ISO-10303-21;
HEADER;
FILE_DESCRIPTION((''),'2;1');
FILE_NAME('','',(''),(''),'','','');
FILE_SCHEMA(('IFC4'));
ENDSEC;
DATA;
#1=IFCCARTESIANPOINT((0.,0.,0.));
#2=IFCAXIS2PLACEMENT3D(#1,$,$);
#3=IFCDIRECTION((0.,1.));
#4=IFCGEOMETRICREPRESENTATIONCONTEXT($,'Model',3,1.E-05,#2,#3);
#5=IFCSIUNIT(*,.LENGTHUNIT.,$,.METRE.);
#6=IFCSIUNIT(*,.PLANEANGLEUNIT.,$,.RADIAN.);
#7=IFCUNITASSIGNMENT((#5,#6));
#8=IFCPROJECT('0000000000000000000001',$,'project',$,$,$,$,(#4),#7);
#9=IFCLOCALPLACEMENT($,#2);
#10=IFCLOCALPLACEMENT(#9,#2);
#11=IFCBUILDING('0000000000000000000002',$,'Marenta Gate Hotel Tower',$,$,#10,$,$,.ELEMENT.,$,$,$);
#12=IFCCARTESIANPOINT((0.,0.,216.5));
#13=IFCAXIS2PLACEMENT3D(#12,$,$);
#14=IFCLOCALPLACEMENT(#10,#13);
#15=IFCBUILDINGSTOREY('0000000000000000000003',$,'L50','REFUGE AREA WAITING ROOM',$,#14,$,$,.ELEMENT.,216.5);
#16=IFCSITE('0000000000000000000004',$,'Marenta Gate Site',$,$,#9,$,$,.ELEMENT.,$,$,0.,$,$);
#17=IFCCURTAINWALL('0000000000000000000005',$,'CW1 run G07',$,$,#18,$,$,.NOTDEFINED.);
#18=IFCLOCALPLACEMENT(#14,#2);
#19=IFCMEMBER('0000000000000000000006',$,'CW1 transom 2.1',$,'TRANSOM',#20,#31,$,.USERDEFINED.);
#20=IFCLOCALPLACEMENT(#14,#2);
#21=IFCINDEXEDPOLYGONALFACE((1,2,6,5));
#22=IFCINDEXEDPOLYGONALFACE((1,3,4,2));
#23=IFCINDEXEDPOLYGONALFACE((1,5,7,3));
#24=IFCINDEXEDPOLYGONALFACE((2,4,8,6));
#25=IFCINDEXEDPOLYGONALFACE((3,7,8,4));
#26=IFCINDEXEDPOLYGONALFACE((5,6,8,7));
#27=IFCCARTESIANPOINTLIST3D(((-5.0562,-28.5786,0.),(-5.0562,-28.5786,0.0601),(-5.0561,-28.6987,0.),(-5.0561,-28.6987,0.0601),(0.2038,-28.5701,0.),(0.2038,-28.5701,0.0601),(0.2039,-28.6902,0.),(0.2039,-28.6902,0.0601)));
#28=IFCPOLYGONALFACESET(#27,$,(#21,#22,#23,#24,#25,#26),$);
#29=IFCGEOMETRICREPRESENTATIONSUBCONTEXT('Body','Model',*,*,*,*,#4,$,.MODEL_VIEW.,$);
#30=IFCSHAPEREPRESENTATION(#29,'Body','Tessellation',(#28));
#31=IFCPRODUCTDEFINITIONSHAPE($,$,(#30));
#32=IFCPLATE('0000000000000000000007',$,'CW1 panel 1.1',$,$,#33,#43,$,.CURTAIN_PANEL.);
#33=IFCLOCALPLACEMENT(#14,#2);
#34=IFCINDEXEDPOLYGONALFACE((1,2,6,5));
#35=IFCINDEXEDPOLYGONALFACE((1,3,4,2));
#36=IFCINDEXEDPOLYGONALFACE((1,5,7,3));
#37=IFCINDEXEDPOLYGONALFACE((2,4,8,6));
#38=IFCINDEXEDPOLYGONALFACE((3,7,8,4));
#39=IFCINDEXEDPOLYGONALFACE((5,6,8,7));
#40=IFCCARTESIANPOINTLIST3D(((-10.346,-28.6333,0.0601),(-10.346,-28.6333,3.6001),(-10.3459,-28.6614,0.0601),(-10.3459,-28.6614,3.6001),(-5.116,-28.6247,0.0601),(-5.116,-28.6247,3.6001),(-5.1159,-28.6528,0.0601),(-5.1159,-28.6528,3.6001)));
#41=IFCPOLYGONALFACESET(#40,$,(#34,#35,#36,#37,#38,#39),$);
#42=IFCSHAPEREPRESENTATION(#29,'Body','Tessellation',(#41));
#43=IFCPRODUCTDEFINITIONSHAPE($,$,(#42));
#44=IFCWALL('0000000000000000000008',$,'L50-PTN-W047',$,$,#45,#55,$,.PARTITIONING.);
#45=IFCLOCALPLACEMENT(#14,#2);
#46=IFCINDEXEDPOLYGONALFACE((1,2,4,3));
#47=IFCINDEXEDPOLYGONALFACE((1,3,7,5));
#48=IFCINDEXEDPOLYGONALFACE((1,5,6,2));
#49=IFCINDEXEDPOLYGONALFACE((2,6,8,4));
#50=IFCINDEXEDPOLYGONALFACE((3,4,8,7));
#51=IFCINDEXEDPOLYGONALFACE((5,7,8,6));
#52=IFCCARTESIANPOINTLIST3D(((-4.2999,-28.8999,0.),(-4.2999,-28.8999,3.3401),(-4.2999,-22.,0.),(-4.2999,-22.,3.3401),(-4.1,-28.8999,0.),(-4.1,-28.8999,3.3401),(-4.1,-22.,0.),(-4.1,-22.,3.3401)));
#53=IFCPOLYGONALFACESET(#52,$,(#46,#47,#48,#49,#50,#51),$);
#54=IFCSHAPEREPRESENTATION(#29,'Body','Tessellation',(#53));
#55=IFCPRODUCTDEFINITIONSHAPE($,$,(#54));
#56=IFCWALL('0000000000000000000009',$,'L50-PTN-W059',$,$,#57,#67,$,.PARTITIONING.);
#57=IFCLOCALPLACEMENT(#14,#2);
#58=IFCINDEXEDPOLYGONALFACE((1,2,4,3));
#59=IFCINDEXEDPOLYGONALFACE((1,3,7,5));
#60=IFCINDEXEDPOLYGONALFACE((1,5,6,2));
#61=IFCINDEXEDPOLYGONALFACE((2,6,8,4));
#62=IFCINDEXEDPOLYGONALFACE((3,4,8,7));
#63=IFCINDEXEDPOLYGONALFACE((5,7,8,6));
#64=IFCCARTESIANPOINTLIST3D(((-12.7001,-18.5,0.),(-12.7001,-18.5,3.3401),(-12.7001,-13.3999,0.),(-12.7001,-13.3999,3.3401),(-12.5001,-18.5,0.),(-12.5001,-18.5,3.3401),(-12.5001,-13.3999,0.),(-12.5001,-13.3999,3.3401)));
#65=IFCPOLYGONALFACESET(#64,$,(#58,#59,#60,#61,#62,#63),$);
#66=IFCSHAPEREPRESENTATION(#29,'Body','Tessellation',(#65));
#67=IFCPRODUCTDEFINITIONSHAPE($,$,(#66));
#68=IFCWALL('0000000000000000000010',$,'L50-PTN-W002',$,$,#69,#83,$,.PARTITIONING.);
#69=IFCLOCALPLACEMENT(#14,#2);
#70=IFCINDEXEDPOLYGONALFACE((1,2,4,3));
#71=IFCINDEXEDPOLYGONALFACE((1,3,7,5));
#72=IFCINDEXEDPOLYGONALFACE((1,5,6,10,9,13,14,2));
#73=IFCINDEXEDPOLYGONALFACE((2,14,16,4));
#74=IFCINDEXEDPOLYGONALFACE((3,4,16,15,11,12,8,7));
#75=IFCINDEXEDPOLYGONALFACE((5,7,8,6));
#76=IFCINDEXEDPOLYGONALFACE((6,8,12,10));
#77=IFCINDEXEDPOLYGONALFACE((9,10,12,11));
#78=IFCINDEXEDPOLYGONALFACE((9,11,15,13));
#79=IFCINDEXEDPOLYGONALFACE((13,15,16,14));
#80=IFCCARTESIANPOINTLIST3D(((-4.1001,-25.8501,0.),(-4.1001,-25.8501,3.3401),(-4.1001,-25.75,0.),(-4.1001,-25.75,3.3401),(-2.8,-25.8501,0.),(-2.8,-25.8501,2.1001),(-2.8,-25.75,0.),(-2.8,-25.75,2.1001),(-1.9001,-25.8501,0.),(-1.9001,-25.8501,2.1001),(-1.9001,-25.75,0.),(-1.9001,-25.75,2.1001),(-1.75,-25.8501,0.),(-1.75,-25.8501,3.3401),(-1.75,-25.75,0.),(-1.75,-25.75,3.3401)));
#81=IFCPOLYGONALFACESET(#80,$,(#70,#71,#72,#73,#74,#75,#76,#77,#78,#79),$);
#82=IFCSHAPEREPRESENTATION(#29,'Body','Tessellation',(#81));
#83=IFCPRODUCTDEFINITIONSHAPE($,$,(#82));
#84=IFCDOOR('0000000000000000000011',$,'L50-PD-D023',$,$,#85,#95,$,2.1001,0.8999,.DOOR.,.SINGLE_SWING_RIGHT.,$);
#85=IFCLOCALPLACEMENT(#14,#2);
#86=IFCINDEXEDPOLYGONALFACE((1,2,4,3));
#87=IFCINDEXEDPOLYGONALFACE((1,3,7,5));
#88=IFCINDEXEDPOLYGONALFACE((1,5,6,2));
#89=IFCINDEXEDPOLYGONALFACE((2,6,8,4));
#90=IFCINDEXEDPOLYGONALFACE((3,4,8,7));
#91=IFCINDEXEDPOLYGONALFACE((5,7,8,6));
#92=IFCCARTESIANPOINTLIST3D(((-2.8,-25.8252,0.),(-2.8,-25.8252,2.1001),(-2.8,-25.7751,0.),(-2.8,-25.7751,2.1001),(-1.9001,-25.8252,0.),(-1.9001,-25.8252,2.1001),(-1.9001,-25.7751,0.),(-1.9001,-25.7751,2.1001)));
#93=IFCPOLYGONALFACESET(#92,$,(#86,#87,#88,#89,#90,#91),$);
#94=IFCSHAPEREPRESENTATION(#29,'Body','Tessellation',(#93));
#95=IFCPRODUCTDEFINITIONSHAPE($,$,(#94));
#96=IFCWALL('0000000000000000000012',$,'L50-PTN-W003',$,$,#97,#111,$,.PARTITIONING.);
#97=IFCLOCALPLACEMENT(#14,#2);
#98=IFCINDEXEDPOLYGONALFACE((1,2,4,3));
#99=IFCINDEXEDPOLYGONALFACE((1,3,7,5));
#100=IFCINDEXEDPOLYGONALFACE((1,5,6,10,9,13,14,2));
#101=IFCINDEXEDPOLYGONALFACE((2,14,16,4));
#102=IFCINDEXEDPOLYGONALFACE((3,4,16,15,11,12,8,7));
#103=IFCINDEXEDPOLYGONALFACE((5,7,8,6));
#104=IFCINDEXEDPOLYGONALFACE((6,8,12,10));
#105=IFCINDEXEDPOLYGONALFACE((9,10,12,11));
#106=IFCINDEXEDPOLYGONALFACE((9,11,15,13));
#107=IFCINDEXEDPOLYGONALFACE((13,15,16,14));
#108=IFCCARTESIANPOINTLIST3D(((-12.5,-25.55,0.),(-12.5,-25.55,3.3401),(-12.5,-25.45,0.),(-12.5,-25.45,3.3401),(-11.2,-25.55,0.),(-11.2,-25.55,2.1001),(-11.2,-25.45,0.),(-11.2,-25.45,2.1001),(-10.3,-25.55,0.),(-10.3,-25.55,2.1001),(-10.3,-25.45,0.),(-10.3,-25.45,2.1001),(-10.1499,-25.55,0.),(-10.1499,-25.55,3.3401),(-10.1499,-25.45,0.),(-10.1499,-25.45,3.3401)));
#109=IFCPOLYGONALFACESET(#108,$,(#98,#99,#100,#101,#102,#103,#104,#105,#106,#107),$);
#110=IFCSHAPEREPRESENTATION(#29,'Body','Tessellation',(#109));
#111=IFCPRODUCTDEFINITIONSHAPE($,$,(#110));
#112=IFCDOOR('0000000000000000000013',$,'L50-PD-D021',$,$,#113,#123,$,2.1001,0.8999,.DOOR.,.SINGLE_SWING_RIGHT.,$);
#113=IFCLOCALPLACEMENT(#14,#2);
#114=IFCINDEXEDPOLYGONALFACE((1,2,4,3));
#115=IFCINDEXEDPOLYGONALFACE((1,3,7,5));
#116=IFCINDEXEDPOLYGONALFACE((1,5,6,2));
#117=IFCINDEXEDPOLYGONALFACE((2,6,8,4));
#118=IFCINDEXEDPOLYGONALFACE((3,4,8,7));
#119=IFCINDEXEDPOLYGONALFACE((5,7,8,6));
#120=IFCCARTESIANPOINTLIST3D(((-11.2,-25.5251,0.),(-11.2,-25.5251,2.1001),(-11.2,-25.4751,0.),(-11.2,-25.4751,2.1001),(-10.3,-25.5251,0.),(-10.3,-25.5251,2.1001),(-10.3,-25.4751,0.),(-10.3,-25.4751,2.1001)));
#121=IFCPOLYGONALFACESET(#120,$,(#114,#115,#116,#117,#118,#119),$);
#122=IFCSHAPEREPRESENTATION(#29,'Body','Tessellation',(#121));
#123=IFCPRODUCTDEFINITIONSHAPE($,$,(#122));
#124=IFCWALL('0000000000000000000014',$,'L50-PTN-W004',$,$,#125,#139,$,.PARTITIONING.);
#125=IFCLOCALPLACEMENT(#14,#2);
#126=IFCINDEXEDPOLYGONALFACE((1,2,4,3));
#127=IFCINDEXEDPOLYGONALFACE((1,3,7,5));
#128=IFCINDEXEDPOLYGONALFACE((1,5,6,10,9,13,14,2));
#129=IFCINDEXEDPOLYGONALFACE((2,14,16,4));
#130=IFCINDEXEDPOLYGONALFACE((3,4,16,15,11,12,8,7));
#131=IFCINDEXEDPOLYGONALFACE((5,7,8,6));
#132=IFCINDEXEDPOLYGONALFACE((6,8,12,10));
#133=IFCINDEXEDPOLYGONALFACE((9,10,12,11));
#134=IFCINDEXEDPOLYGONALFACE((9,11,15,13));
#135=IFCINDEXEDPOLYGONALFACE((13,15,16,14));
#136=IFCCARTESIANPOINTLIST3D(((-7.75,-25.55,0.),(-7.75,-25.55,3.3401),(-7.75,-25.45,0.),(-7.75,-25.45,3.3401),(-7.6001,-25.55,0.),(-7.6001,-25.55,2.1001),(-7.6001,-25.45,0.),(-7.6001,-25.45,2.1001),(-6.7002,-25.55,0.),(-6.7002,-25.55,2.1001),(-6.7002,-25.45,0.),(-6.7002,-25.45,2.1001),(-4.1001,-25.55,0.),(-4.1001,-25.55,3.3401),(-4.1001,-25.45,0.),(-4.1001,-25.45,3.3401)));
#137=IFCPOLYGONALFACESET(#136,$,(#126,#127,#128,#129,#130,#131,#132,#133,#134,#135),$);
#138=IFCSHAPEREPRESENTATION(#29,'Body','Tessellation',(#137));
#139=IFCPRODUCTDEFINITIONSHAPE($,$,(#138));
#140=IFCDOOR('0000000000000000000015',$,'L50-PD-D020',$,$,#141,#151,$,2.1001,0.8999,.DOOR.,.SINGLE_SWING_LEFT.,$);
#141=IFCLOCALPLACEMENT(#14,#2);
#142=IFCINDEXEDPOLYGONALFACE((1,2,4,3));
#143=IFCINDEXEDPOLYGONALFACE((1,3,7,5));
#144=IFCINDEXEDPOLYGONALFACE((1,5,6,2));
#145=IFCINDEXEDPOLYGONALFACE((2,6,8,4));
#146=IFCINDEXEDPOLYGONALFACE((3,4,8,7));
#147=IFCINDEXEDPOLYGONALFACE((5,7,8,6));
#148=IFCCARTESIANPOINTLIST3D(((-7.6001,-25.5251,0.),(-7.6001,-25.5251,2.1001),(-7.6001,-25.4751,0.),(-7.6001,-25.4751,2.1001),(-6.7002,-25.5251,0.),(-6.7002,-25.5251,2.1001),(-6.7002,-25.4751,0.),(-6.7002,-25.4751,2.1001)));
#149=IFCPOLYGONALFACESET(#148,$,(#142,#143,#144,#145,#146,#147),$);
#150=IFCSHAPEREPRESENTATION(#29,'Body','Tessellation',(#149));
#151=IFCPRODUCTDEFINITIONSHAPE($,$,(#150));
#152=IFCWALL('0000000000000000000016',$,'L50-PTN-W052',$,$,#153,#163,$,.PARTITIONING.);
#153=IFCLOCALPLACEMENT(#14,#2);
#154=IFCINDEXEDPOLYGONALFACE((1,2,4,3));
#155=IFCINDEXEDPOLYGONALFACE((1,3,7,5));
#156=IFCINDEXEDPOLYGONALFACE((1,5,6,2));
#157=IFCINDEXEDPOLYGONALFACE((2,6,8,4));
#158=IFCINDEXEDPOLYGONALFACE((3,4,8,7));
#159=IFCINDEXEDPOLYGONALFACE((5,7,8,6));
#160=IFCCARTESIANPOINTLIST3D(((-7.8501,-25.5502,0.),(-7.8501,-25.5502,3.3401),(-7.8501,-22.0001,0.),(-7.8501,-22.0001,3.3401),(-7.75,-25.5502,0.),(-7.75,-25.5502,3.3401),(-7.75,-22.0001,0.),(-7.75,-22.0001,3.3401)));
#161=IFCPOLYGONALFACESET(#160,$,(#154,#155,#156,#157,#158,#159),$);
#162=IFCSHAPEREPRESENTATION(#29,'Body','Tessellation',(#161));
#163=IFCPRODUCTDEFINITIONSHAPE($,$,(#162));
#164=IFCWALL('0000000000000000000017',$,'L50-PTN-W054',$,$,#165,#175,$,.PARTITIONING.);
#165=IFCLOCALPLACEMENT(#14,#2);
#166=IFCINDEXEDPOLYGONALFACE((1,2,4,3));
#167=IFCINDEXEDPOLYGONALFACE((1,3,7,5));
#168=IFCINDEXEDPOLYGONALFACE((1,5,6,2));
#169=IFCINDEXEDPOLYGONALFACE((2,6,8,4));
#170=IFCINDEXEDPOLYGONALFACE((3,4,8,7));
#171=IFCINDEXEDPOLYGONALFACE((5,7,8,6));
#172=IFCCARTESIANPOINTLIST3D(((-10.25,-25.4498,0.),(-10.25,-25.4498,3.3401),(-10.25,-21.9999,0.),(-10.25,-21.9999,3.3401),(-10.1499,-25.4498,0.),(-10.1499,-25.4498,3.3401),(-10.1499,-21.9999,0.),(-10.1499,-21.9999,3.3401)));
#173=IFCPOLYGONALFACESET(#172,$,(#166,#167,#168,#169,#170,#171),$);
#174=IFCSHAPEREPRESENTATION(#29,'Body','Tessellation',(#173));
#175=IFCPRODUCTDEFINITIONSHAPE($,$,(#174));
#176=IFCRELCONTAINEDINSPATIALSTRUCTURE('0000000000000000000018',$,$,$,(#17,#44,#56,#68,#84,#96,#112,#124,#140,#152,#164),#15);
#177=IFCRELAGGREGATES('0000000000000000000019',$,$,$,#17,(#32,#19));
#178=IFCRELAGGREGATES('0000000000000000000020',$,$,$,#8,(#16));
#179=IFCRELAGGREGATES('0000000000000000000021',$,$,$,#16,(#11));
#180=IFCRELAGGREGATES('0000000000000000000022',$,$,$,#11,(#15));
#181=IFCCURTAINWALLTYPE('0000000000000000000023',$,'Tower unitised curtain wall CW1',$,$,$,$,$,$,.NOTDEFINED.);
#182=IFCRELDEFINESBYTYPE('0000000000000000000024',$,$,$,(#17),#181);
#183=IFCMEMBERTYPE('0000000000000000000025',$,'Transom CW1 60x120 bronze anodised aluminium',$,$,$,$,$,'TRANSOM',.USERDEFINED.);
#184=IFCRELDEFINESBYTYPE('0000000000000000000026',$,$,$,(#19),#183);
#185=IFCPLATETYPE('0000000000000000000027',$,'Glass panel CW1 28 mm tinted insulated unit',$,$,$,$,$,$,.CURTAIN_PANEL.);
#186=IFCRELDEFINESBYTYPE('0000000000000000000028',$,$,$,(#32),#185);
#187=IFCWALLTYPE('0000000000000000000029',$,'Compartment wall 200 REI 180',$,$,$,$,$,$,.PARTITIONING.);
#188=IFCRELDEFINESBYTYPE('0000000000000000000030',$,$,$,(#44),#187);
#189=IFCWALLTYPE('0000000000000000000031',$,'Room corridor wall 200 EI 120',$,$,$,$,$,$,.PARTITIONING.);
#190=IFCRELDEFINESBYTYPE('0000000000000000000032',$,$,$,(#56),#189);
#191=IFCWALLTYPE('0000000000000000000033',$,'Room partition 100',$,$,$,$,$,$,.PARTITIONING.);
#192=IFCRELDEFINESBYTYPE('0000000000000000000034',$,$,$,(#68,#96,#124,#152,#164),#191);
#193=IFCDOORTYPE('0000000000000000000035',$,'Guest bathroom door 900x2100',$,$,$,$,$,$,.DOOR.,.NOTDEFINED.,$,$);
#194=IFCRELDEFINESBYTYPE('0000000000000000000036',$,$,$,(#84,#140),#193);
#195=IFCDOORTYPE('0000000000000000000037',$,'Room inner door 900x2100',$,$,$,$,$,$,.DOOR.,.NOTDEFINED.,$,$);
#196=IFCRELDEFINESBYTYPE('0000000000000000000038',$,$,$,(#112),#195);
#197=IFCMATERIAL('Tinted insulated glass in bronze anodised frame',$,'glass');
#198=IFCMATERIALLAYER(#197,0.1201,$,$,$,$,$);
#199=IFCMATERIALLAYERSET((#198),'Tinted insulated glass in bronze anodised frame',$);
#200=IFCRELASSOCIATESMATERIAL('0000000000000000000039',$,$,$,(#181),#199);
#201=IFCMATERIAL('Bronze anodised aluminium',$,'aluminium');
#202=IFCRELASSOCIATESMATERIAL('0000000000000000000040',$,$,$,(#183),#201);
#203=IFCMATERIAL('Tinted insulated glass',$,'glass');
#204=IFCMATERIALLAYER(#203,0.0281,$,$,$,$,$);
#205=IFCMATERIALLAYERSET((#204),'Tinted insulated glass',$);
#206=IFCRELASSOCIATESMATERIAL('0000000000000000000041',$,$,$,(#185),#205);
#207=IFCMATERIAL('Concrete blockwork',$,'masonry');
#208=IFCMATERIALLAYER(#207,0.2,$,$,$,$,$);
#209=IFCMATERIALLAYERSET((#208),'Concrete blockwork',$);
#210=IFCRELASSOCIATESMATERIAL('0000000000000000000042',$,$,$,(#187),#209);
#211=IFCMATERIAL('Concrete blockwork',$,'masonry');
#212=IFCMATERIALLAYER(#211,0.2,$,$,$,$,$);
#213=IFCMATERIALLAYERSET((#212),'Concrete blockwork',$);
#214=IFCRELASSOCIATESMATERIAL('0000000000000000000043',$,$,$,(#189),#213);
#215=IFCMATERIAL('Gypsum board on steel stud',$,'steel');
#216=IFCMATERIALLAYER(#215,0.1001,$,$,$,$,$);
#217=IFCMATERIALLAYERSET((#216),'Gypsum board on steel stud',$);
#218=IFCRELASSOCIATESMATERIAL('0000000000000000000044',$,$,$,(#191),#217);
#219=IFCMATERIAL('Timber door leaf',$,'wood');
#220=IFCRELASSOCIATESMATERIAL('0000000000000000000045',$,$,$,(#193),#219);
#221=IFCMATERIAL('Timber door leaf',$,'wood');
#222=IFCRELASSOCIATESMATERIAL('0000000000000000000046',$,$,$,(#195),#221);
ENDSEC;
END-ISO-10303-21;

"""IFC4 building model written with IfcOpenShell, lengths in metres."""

from ifc_helpers import new_model, si_unit, direction, frame, frame_2d, origin, origin_2d, place, context, subcontext, project, spatial, rectangle, extrude, material, layer, layer_set, material_profile, profile_set, type_object, element, fill, aggregate, save


model = new_model("IFC4")

# Units and contexts
model_context = context("Model", 3, precision=1e-05, world=origin(), true_north=direction((0.0, 1.0)))
body_context = subcontext(model_context, "Body", "Model", "MODEL_VIEW")
ifc_project = project(units=[si_unit("LENGTHUNIT", "METRE"), si_unit("PLANEANGLEUNIT", "RADIAN")], contexts=[model_context])

# Site, building, storey
site_placement = place(None, origin())
site = spatial("IfcSite", under=ifc_project, at=site_placement, Name="Marenta Gate Site", CompositionType="ELEMENT", RefElevation=0.0)
building_placement = place(site_placement, origin())
building = spatial("IfcBuilding", under=site, at=building_placement, Name="Marenta Gate Hotel Tower", CompositionType="ELEMENT")
storey_placement = place(building_placement, frame((0.0, 0.0, 216.5)))
storey = spatial("IfcBuildingStorey", under=building, at=storey_placement, Name="L50", Description="REFUGE AREA WAITING ROOM", CompositionType="ELEMENT", Elevation=216.5)

# Curtain wall, member, plate
ifc_material_1 = material(Name="Tinted insulated glass in bronze anodised frame", Category="glass")
ifc_layer_1 = layer(ifc_material_1, 0.1201)
ifc_layer_set_1 = layer_set([ifc_layer_1], Name="Tinted insulated glass in bronze anodised frame")
curtain_wall_type = type_object("IfcCurtainWallType", Name="Tower unitised curtain wall CW1", PredefinedType="NOTDEFINED", material=ifc_layer_set_1)
curtain_wall_placement = place(storey_placement, origin())
curtain_wall = element("IfcCurtainWall", 1, at=curtain_wall_placement, inside=storey, type_object=curtain_wall_type, Name="CW1 run G07", PredefinedType="NOTDEFINED")
ifc_material_2 = material(Name="Bronze anodised aluminium", Category="aluminium")
ifc_material_profile_1 = material_profile(ifc_material_2, rectangle(XDim=0.1201, YDim=0.0601, at=origin_2d()), Name="Transom CW1 60x120 bronze anodised aluminium")
ifc_profile_set_1 = profile_set([ifc_material_profile_1], Name="Bronze anodised aluminium")
member_type_1 = type_object("IfcMemberType", Name="Transom CW1 60x120 bronze anodised aluminium", ElementType="TRANSOM", PredefinedType="USERDEFINED", material=ifc_profile_set_1)
member_1_placement = place(storey_placement, frame((-5.0562, -28.6387, 0.03), z_axis=(0.999999, 0.001625, 0.0), x_axis=(-0.001625, 0.999999, 0.0)))
member_1 = element("IfcMember", 2, at=member_1_placement, type_object=member_type_1, Name="CW1 transom 2.1", ObjectType="TRANSOM", PredefinedType="USERDEFINED", context=body_context, shape_type="SweptSolid", body=[
    extrude(rectangle(XDim=0.1201, YDim=0.0601, at=origin_2d()), origin(), (0.0, 0.0, 1.0), 5.26),
])
ifc_material_3 = material(Name="Tinted insulated glass", Category="glass")
ifc_layer_2 = layer(ifc_material_3, 0.0281)
ifc_layer_set_2 = layer_set([ifc_layer_2], Name="Tinted insulated glass")
plate_type = type_object("IfcPlateType", Name="Glass panel CW1 28 mm tinted insulated unit", PredefinedType="CURTAIN_PANEL", material=ifc_layer_set_2)
plate_placement = place(storey_placement, frame((-7.731, -28.6431, 0.0601), z_axis=(0.0, 0.0, 1.0), x_axis=(0.999999, 0.001645, 0.0)))
plate = element("IfcPlate", 3, at=plate_placement, type_object=plate_type, Name="CW1 panel 1.1", PredefinedType="CURTAIN_PANEL", context=body_context, shape_type="SweptSolid", body=[
    extrude(rectangle(XDim=5.23, YDim=0.0281, at=origin_2d()), origin(), (0.0, 0.0, 1.0), 3.54),
])
aggregate(curtain_wall, [plate, member_1])

# Wall
ifc_material_4 = material(Name="Concrete blockwork", Category="masonry")
ifc_layer_3 = layer(ifc_material_4, 0.2)
ifc_layer_set_3 = layer_set([ifc_layer_3], Name="Concrete blockwork")
wall_type_1 = type_object("IfcWallType", Name="Compartment wall 200 REI 180", PredefinedType="PARTITIONING", material=ifc_layer_set_3)
wall_1_placement = place(storey_placement, frame((-4.2, -28.8999, 0.0), z_axis=(0.0, 0.0, 1.0), x_axis=(0.0, 1.0, 0.0)))
element("IfcWall", 4, at=wall_1_placement, inside=storey, type_object=wall_type_1, Name="L50-PTN-W047", PredefinedType="PARTITIONING", context=body_context, shape_type="SweptSolid", body=[
    extrude(rectangle(XDim=6.8999, YDim=0.2, at=frame_2d((3.45, 0.0))), origin(), (0.0, 0.0, 1.0), 3.3401),
])

# Wall
ifc_material_5 = material(Name="Concrete blockwork", Category="masonry")
ifc_layer_4 = layer(ifc_material_5, 0.2)
ifc_layer_set_4 = layer_set([ifc_layer_4], Name="Concrete blockwork")
wall_type_2 = type_object("IfcWallType", Name="Room corridor wall 200 EI 120", PredefinedType="PARTITIONING", material=ifc_layer_set_4)
wall_2_placement = place(storey_placement, frame((-12.6001, -18.5, 0.0), z_axis=(0.0, 0.0, 1.0), x_axis=(0.0, 1.0, 0.0)))
element("IfcWall", 5, at=wall_2_placement, inside=storey, type_object=wall_type_2, Name="L50-PTN-W059", PredefinedType="PARTITIONING", context=body_context, shape_type="SweptSolid", body=[
    extrude(rectangle(XDim=5.1001, YDim=0.2, at=frame_2d((2.55, 0.0))), origin(), (0.0, 0.0, 1.0), 3.3401),
])

# Walls, openings, doors
ifc_material_6 = material(Name="Gypsum board on steel stud", Category="steel")
ifc_layer_5 = layer(ifc_material_6, 0.1001)
ifc_layer_set_5 = layer_set([ifc_layer_5], Name="Gypsum board on steel stud")
wall_type_3 = type_object("IfcWallType", Name="Room partition 100", PredefinedType="PARTITIONING", material=ifc_layer_set_5)
wall_3_placement = place(storey_placement, frame((-4.1001, -25.8, 0.0), z_axis=(0.0, 0.0, 1.0), x_axis=(1.0, 0.0, 0.0)))
wall_3 = element("IfcWall", 6, at=wall_3_placement, inside=storey, type_object=wall_type_3, Name="L50-PTN-W002", PredefinedType="PARTITIONING", context=body_context, shape_type="SweptSolid", body=[
    extrude(rectangle(XDim=2.3501, YDim=0.1001, at=frame_2d((1.175, 0.0))), origin(), (0.0, 0.0, 1.0), 3.3401),
])
opening_1_placement = place(wall_3_placement, frame((1.3, 0.0, 0.0)))
opening_1 = element("IfcOpeningElement", 7, at=opening_1_placement, cuts=wall_3, PredefinedType="OPENING", context=body_context, shape_type="SweptSolid", body=[
    extrude(rectangle(XDim=0.8999, YDim=2.1001, at=frame_2d((0.45, 1.05))), frame((0.0, 0.05, 0.0), z_axis=(0.0, -1.0, 0.0), x_axis=(1.0, 0.0, 0.0)), (0.0, 0.0, 1.0), 0.1001),
])
ifc_material_7 = material(Name="Timber door leaf", Category="wood")
door_type_1 = type_object("IfcDoorType", Name="Guest bathroom door 900x2100", OperationType="NOTDEFINED", PredefinedType="DOOR", material=ifc_material_7)
door_1_placement = place(opening_1_placement, origin())
door_1 = element("IfcDoor", 8, at=door_1_placement, inside=storey, type_object=door_type_1, Name="L50-PD-D023", OperationType="SINGLE_SWING_RIGHT", OverallHeight=2.1001, OverallWidth=0.8999, PredefinedType="DOOR", context=body_context, shape_type="SweptSolid", body=[
    extrude(rectangle(XDim=0.8999, YDim=2.1001, at=frame_2d((0.45, 1.05))), frame((0.0, 0.0249, 0.0), z_axis=(0.0, -1.0, 0.0), x_axis=(1.0, 0.0, 0.0)), (0.0, 0.0, 1.0), 0.05),
])
fill(opening_1, door_1)
wall_4_placement = place(storey_placement, frame((-12.5, -25.5, 0.0), z_axis=(0.0, 0.0, 1.0), x_axis=(1.0, 0.0, 0.0)))
wall_4 = element("IfcWall", 9, at=wall_4_placement, inside=storey, type_object=wall_type_3, Name="L50-PTN-W003", PredefinedType="PARTITIONING", context=body_context, shape_type="SweptSolid", body=[
    extrude(rectangle(XDim=2.3501, YDim=0.1001, at=frame_2d((1.175, 0.0))), origin(), (0.0, 0.0, 1.0), 3.3401),
])
opening_2_placement = place(wall_4_placement, frame((1.3, 0.0, 0.0)))
opening_2 = element("IfcOpeningElement", 10, at=opening_2_placement, cuts=wall_4, PredefinedType="OPENING", context=body_context, shape_type="SweptSolid", body=[
    extrude(rectangle(XDim=0.8999, YDim=2.1001, at=frame_2d((0.45, 1.05))), frame((0.0, 0.05, 0.0), z_axis=(0.0, -1.0, 0.0), x_axis=(1.0, 0.0, 0.0)), (0.0, 0.0, 1.0), 0.1001),
])
ifc_material_8 = material(Name="Timber door leaf", Category="wood")
door_type_2 = type_object("IfcDoorType", Name="Room inner door 900x2100", OperationType="NOTDEFINED", PredefinedType="DOOR", material=ifc_material_8)
door_2_placement = place(opening_2_placement, origin())
door_2 = element("IfcDoor", 11, at=door_2_placement, inside=storey, type_object=door_type_2, Name="L50-PD-D021", OperationType="SINGLE_SWING_RIGHT", OverallHeight=2.1001, OverallWidth=0.8999, PredefinedType="DOOR", context=body_context, shape_type="SweptSolid", body=[
    extrude(rectangle(XDim=0.8999, YDim=2.1001, at=frame_2d((0.45, 1.05))), frame((0.0, 0.0249, 0.0), z_axis=(0.0, -1.0, 0.0), x_axis=(1.0, 0.0, 0.0)), (0.0, 0.0, 1.0), 0.05),
])
fill(opening_2, door_2)
wall_5_placement = place(storey_placement, frame((-7.75, -25.5, 0.0), z_axis=(0.0, 0.0, 1.0), x_axis=(1.0, 0.0, 0.0)))
wall_5 = element("IfcWall", 12, at=wall_5_placement, inside=storey, type_object=wall_type_3, Name="L50-PTN-W004", PredefinedType="PARTITIONING", context=body_context, shape_type="SweptSolid", body=[
    extrude(rectangle(XDim=3.6499, YDim=0.1001, at=frame_2d((1.825, 0.0))), origin(), (0.0, 0.0, 1.0), 3.3401),
])
opening_3_placement = place(wall_5_placement, frame((0.1499, 0.0, 0.0)))
opening_3 = element("IfcOpeningElement", 13, at=opening_3_placement, cuts=wall_5, PredefinedType="OPENING", context=body_context, shape_type="SweptSolid", body=[
    extrude(rectangle(XDim=0.8999, YDim=2.1001, at=frame_2d((0.45, 1.05))), frame((0.0, 0.05, 0.0), z_axis=(0.0, -1.0, 0.0), x_axis=(1.0, 0.0, 0.0)), (0.0, 0.0, 1.0), 0.1001),
])
door_3_placement = place(opening_3_placement, origin())
door_3 = element("IfcDoor", 14, at=door_3_placement, inside=storey, type_object=door_type_1, Name="L50-PD-D020", OperationType="SINGLE_SWING_LEFT", OverallHeight=2.1001, OverallWidth=0.8999, PredefinedType="DOOR", context=body_context, shape_type="SweptSolid", body=[
    extrude(rectangle(XDim=0.8999, YDim=2.1001, at=frame_2d((0.45, 1.05))), frame((0.0, 0.0249, 0.0), z_axis=(0.0, -1.0, 0.0), x_axis=(1.0, 0.0, 0.0)), (0.0, 0.0, 1.0), 0.05),
])
fill(opening_3, door_3)

# Walls
wall_6_placement = place(storey_placement, frame((-7.8, -25.55, 0.0), z_axis=(0.0, 0.0, 1.0), x_axis=(0.0, 1.0, 0.0)))
element("IfcWall", 15, at=wall_6_placement, inside=storey, type_object=wall_type_3, Name="L50-PTN-W052", PredefinedType="PARTITIONING", context=body_context, shape_type="SweptSolid", body=[
    extrude(rectangle(XDim=3.55, YDim=0.1001, at=frame_2d((1.7749, 0.0))), origin(), (0.0, 0.0, 1.0), 3.3401),
])
wall_7_placement = place(storey_placement, frame((-10.2, -25.45, 0.0), z_axis=(0.0, 0.0, 1.0), x_axis=(0.0, 1.0, 0.0)))
element("IfcWall", 16, at=wall_7_placement, inside=storey, type_object=wall_type_3, Name="L50-PTN-W054", PredefinedType="PARTITIONING", context=body_context, shape_type="SweptSolid", body=[
    extrude(rectangle(XDim=3.45, YDim=0.1001, at=frame_2d((1.7251, 0.0))), origin(), (0.0, 0.0, 1.0), 3.3401),
])

save(model, "model.ifc")
